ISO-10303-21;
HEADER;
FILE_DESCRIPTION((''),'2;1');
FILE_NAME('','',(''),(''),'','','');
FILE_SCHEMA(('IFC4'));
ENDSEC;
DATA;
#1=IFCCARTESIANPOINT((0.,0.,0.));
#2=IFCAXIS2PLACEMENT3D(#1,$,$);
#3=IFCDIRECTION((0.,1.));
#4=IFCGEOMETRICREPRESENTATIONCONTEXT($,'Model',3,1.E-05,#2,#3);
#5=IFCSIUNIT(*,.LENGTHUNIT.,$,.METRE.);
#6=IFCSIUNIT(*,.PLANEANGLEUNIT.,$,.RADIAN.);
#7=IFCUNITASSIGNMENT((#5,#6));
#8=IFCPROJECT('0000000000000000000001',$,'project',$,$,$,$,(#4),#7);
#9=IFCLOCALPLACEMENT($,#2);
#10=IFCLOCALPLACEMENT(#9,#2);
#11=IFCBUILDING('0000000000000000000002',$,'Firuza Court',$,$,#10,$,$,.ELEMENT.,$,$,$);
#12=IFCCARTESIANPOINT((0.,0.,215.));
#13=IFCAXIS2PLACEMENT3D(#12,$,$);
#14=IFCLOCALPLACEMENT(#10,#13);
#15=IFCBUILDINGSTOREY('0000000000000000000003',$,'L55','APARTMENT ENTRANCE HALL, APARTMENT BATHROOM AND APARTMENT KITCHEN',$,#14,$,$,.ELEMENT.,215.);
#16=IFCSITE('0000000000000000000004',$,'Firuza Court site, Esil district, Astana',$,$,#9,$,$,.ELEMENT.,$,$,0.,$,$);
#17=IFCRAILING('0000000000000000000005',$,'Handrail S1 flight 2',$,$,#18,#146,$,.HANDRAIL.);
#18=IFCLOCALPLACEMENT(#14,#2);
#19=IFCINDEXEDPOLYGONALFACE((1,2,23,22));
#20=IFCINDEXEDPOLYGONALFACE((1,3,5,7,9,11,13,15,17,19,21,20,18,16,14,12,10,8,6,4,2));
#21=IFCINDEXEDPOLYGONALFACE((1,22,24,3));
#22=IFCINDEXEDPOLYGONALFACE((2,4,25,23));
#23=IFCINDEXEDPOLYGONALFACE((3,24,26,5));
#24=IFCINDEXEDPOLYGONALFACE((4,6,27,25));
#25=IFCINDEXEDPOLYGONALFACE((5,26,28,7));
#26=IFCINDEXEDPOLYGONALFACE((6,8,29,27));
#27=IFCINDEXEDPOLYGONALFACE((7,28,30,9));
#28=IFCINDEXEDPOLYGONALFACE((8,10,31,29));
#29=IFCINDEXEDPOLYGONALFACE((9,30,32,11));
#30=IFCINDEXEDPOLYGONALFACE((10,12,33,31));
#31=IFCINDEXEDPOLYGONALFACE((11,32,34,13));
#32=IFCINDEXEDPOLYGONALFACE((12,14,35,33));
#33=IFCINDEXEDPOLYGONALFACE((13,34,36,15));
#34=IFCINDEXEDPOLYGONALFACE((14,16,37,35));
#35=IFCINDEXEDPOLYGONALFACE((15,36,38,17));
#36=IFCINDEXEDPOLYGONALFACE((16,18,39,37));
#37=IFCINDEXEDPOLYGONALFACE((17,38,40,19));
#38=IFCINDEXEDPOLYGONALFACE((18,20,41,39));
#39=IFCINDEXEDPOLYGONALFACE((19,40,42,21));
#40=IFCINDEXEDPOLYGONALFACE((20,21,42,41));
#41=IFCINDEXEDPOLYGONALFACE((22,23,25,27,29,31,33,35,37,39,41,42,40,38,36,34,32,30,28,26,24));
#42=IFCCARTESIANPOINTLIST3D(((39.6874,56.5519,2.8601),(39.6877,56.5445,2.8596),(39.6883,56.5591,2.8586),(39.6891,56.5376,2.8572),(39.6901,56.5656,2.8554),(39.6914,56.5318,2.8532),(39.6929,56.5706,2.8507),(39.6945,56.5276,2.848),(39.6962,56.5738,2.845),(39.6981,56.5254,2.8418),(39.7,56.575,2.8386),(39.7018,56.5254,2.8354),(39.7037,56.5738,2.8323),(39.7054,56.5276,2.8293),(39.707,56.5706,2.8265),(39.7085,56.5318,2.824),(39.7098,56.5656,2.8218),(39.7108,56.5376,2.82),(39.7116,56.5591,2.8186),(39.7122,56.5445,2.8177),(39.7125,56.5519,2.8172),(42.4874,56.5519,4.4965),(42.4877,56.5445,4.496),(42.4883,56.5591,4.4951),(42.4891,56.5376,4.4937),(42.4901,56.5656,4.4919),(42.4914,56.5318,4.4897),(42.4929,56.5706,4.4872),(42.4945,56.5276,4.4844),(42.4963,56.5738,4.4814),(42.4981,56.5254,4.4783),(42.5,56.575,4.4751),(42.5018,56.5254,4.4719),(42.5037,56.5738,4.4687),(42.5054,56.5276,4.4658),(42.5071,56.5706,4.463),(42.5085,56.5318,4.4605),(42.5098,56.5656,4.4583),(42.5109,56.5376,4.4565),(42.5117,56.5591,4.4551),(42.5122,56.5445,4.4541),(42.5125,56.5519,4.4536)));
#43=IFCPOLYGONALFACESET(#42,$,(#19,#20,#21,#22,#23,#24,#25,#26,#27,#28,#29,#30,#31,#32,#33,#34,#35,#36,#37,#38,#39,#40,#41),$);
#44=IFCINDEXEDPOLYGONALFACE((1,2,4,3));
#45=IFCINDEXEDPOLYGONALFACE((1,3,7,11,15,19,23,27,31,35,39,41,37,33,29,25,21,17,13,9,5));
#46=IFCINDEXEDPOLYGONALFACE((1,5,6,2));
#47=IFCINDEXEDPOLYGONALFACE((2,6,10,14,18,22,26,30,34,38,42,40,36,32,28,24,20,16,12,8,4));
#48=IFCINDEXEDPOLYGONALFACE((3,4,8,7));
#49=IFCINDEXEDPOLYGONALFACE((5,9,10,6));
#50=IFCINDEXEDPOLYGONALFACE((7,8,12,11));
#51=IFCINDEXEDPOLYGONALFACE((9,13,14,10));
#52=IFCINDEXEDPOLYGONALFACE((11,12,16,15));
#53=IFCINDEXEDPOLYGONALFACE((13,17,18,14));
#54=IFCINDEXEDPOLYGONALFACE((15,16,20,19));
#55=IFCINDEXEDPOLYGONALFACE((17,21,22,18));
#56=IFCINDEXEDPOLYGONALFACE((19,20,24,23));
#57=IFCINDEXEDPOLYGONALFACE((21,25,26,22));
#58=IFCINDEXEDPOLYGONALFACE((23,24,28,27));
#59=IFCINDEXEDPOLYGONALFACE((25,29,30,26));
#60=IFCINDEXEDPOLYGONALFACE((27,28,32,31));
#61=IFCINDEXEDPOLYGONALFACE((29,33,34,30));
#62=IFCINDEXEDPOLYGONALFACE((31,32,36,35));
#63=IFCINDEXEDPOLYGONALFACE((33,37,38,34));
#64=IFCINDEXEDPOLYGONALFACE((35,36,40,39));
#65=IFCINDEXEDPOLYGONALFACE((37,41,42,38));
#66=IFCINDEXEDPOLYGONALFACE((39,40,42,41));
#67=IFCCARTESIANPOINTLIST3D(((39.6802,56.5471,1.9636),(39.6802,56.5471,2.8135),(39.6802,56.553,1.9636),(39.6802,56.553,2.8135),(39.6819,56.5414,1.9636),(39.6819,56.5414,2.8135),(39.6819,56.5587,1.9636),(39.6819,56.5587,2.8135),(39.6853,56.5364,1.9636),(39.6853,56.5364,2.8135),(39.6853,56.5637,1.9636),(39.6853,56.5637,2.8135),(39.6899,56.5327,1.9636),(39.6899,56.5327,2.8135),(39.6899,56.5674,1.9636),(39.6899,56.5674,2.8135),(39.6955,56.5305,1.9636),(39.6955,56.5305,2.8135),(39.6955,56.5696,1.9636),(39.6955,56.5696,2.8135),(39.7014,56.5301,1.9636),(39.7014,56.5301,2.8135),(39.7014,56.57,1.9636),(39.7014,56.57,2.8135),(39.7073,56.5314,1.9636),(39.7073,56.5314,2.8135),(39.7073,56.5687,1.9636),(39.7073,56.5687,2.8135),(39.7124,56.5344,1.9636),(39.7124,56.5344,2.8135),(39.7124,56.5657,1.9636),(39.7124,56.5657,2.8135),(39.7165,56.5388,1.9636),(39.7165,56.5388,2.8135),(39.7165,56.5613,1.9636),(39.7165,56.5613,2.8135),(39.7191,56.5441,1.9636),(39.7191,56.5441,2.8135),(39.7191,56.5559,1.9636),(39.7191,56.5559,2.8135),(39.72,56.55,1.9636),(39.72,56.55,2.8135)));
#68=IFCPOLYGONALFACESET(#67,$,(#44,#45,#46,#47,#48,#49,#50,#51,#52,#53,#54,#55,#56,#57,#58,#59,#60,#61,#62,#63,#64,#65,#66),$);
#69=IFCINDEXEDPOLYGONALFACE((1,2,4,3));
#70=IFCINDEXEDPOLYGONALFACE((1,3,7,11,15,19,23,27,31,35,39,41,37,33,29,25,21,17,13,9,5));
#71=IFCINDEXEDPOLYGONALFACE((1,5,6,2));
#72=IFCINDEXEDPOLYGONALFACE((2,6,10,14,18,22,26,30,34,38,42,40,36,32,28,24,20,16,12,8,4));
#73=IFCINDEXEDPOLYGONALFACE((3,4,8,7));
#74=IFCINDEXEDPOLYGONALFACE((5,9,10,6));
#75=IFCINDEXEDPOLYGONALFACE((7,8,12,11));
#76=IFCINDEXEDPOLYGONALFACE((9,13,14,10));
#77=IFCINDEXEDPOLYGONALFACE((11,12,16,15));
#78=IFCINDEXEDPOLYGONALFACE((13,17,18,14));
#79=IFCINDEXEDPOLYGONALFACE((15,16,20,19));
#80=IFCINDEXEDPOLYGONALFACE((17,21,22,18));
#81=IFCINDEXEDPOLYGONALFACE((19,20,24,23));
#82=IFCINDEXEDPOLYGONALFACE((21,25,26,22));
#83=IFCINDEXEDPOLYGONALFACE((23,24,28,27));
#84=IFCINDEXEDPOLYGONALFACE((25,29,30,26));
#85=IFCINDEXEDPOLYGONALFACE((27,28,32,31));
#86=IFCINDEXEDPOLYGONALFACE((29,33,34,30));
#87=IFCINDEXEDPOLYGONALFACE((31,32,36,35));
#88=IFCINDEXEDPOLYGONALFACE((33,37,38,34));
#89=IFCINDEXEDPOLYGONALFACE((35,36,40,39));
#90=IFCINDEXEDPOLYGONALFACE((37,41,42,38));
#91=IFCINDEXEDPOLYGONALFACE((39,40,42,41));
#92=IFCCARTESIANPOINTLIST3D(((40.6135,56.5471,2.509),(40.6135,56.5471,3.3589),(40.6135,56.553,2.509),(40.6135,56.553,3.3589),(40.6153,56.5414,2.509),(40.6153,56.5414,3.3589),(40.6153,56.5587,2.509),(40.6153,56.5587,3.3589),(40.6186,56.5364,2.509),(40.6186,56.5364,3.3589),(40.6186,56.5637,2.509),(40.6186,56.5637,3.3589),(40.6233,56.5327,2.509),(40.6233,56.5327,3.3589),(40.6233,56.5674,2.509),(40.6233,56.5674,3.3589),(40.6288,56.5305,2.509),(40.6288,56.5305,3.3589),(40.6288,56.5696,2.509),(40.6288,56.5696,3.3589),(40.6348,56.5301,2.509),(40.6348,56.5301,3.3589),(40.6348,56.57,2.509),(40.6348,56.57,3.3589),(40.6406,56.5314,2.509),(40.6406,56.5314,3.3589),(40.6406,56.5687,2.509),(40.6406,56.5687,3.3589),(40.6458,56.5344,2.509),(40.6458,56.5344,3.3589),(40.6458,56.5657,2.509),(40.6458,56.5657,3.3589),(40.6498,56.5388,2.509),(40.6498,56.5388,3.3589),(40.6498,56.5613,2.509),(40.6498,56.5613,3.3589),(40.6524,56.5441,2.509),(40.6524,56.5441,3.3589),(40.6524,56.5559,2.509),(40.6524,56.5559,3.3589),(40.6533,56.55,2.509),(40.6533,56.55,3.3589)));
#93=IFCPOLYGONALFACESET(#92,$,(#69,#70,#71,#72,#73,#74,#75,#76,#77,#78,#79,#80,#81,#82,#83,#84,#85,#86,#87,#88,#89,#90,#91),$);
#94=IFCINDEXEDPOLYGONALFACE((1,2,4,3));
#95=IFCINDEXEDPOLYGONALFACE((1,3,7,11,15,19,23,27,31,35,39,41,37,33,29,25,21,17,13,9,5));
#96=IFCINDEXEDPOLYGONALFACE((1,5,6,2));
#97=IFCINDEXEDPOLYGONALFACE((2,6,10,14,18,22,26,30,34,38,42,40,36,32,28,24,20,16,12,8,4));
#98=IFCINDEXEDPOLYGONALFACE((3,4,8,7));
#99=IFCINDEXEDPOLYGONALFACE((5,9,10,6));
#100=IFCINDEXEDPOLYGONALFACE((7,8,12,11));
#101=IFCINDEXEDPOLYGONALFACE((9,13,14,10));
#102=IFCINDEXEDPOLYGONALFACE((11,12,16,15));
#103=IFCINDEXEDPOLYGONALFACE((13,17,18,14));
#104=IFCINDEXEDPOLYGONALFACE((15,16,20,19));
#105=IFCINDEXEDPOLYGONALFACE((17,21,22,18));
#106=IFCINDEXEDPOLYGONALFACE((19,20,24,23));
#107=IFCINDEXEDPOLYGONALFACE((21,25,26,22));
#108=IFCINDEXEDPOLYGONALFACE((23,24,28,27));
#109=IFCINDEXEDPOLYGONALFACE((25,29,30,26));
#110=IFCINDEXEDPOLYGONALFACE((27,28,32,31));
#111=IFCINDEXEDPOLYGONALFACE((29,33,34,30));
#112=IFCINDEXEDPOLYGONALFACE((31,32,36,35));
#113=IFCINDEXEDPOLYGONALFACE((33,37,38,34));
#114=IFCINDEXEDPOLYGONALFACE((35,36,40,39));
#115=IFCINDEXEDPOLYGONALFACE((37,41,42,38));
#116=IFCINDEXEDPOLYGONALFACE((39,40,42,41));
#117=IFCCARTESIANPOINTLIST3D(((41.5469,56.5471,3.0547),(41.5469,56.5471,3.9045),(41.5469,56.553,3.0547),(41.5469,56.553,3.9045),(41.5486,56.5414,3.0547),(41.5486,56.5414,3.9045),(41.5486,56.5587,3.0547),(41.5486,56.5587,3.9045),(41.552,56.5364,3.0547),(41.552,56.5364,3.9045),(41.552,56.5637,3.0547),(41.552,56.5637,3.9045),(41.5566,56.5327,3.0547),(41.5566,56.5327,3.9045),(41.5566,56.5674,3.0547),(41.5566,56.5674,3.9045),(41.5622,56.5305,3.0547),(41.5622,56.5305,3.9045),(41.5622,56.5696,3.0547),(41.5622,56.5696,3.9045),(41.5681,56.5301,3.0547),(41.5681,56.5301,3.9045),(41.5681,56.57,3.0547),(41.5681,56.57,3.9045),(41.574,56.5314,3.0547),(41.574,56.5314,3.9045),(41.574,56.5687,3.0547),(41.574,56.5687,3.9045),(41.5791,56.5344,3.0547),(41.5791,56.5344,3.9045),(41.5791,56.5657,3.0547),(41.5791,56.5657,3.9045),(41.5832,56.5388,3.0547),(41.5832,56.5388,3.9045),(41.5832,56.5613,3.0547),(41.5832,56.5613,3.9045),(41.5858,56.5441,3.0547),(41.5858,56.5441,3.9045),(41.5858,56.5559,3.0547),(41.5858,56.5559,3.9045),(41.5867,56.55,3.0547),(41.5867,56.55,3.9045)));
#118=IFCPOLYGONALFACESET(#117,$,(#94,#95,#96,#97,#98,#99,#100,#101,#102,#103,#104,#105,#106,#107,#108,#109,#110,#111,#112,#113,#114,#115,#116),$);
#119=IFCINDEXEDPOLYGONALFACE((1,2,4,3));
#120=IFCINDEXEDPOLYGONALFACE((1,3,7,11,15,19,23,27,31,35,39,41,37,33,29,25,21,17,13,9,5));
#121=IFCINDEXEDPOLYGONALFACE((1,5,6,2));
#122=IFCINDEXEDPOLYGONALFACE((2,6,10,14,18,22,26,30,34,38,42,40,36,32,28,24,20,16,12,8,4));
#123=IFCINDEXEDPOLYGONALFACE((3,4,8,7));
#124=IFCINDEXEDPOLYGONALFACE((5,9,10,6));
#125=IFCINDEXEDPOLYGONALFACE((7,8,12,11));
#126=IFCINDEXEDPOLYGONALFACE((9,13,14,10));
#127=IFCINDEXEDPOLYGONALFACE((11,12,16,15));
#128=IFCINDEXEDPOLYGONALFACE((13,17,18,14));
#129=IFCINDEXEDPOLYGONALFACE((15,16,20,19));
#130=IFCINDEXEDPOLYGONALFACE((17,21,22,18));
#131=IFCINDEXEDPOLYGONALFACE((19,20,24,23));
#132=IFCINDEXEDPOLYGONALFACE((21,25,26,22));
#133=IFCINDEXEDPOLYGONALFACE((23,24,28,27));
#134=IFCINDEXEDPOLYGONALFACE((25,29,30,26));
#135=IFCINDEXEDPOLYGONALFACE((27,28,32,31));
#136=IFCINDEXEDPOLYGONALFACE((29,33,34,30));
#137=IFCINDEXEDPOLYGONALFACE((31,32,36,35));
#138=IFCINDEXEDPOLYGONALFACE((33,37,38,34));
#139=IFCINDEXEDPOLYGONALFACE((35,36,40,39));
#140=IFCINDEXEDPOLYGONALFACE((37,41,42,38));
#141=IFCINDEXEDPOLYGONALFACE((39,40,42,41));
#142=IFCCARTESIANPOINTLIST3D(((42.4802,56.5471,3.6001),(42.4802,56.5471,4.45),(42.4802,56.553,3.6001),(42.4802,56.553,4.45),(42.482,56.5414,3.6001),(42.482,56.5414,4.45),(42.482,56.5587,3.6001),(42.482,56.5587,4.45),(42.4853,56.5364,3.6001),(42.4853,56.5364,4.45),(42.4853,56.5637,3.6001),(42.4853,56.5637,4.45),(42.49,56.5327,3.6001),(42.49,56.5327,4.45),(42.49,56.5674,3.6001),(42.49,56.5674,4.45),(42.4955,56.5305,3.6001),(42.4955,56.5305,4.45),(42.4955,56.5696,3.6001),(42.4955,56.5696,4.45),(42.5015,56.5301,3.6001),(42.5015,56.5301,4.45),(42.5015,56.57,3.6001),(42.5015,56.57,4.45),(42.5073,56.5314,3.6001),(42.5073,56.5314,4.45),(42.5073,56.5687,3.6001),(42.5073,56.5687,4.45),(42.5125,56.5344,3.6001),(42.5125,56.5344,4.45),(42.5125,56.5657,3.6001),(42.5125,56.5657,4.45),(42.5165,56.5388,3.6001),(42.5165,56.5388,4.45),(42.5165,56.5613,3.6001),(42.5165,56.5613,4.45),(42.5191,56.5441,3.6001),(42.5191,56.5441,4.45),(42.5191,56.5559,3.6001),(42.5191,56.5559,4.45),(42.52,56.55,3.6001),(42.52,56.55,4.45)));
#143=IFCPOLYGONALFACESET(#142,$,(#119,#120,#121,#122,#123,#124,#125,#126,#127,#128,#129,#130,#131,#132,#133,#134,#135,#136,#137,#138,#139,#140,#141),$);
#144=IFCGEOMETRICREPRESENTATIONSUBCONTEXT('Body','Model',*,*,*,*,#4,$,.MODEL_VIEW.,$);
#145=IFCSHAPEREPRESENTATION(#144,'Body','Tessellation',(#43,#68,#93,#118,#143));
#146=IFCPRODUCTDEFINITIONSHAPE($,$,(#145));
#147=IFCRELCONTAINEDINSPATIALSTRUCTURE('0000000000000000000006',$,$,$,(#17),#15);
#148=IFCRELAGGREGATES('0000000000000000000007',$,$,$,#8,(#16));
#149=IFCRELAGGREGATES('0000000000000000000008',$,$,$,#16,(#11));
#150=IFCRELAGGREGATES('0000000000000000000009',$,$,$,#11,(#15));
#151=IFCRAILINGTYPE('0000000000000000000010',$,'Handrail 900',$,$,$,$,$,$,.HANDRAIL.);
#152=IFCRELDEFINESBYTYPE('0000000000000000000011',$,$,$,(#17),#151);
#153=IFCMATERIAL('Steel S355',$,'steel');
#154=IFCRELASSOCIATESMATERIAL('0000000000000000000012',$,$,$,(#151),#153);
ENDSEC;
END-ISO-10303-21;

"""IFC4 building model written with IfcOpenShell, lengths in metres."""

from ifc_helpers import new_model, si_unit, direction, frame, origin, origin_2d, place, context, subcontext, project, spatial, circle, extrude, material, type_object, element, save


model = new_model("IFC4")

# Units and contexts
model_context = context("Model", 3, precision=1e-05, world=origin(), true_north=direction((0.0, 1.0)))
body_context = subcontext(model_context, "Body", "Model", "MODEL_VIEW")
ifc_project = project(units=[si_unit("LENGTHUNIT", "METRE"), si_unit("PLANEANGLEUNIT", "RADIAN")], contexts=[model_context])

# Site, building, storey
site_placement = place(None, origin())
site = spatial("IfcSite", under=ifc_project, at=site_placement, Name="Firuza Court site, Esil district, Astana", CompositionType="ELEMENT", RefElevation=0.0)
building_placement = place(site_placement, origin())
building = spatial("IfcBuilding", under=site, at=building_placement, Name="Firuza Court", CompositionType="ELEMENT")
storey_placement = place(building_placement, frame((0.0, 0.0, 215.0)))
storey = spatial("IfcBuildingStorey", under=building, at=storey_placement, Name="L55", Description="APARTMENT ENTRANCE HALL, APARTMENT BATHROOM AND APARTMENT KITCHEN", CompositionType="ELEMENT", Elevation=215.0)

# Railing
ifc_material_1 = material(Name="Steel S355", Category="steel")
railing_type = type_object("IfcRailingType", Name="Handrail 900", PredefinedType="HANDRAIL", material=ifc_material_1)
railing_placement = place(storey_placement, frame((39.7, 56.55, 1.9636)))
element("IfcRailing", 1, at=railing_placement, inside=storey, type_object=railing_type, Name="Handrail S1 flight 2", PredefinedType="HANDRAIL", context=body_context, shape_type="SweptSolid", body=[
    extrude(circle(Radius=0.0249, at=origin_2d()), frame((0.0, 0.0, 0.875), z_axis=(0.863361, 0.0, 0.504587), x_axis=(0.0, 1.0, 0.0)), (0.0, 0.0, 1.0), 3.2432),
    extrude(circle(Radius=0.02, at=origin_2d()), origin(), (0.0, 0.0, 1.0), 0.8499),
    extrude(circle(Radius=0.02, at=origin_2d()), frame((0.9333, 0.0, 0.5454)), (0.0, 0.0, 1.0), 0.8499),
    extrude(circle(Radius=0.02, at=origin_2d()), frame((1.8667, 0.0, 1.0911)), (0.0, 0.0, 1.0), 0.8499),
    extrude(circle(Radius=0.02, at=origin_2d()), frame((2.8, 0.0, 1.6365)), (0.0, 0.0, 1.0), 0.8499),
])

save(model, "model.ifc")
